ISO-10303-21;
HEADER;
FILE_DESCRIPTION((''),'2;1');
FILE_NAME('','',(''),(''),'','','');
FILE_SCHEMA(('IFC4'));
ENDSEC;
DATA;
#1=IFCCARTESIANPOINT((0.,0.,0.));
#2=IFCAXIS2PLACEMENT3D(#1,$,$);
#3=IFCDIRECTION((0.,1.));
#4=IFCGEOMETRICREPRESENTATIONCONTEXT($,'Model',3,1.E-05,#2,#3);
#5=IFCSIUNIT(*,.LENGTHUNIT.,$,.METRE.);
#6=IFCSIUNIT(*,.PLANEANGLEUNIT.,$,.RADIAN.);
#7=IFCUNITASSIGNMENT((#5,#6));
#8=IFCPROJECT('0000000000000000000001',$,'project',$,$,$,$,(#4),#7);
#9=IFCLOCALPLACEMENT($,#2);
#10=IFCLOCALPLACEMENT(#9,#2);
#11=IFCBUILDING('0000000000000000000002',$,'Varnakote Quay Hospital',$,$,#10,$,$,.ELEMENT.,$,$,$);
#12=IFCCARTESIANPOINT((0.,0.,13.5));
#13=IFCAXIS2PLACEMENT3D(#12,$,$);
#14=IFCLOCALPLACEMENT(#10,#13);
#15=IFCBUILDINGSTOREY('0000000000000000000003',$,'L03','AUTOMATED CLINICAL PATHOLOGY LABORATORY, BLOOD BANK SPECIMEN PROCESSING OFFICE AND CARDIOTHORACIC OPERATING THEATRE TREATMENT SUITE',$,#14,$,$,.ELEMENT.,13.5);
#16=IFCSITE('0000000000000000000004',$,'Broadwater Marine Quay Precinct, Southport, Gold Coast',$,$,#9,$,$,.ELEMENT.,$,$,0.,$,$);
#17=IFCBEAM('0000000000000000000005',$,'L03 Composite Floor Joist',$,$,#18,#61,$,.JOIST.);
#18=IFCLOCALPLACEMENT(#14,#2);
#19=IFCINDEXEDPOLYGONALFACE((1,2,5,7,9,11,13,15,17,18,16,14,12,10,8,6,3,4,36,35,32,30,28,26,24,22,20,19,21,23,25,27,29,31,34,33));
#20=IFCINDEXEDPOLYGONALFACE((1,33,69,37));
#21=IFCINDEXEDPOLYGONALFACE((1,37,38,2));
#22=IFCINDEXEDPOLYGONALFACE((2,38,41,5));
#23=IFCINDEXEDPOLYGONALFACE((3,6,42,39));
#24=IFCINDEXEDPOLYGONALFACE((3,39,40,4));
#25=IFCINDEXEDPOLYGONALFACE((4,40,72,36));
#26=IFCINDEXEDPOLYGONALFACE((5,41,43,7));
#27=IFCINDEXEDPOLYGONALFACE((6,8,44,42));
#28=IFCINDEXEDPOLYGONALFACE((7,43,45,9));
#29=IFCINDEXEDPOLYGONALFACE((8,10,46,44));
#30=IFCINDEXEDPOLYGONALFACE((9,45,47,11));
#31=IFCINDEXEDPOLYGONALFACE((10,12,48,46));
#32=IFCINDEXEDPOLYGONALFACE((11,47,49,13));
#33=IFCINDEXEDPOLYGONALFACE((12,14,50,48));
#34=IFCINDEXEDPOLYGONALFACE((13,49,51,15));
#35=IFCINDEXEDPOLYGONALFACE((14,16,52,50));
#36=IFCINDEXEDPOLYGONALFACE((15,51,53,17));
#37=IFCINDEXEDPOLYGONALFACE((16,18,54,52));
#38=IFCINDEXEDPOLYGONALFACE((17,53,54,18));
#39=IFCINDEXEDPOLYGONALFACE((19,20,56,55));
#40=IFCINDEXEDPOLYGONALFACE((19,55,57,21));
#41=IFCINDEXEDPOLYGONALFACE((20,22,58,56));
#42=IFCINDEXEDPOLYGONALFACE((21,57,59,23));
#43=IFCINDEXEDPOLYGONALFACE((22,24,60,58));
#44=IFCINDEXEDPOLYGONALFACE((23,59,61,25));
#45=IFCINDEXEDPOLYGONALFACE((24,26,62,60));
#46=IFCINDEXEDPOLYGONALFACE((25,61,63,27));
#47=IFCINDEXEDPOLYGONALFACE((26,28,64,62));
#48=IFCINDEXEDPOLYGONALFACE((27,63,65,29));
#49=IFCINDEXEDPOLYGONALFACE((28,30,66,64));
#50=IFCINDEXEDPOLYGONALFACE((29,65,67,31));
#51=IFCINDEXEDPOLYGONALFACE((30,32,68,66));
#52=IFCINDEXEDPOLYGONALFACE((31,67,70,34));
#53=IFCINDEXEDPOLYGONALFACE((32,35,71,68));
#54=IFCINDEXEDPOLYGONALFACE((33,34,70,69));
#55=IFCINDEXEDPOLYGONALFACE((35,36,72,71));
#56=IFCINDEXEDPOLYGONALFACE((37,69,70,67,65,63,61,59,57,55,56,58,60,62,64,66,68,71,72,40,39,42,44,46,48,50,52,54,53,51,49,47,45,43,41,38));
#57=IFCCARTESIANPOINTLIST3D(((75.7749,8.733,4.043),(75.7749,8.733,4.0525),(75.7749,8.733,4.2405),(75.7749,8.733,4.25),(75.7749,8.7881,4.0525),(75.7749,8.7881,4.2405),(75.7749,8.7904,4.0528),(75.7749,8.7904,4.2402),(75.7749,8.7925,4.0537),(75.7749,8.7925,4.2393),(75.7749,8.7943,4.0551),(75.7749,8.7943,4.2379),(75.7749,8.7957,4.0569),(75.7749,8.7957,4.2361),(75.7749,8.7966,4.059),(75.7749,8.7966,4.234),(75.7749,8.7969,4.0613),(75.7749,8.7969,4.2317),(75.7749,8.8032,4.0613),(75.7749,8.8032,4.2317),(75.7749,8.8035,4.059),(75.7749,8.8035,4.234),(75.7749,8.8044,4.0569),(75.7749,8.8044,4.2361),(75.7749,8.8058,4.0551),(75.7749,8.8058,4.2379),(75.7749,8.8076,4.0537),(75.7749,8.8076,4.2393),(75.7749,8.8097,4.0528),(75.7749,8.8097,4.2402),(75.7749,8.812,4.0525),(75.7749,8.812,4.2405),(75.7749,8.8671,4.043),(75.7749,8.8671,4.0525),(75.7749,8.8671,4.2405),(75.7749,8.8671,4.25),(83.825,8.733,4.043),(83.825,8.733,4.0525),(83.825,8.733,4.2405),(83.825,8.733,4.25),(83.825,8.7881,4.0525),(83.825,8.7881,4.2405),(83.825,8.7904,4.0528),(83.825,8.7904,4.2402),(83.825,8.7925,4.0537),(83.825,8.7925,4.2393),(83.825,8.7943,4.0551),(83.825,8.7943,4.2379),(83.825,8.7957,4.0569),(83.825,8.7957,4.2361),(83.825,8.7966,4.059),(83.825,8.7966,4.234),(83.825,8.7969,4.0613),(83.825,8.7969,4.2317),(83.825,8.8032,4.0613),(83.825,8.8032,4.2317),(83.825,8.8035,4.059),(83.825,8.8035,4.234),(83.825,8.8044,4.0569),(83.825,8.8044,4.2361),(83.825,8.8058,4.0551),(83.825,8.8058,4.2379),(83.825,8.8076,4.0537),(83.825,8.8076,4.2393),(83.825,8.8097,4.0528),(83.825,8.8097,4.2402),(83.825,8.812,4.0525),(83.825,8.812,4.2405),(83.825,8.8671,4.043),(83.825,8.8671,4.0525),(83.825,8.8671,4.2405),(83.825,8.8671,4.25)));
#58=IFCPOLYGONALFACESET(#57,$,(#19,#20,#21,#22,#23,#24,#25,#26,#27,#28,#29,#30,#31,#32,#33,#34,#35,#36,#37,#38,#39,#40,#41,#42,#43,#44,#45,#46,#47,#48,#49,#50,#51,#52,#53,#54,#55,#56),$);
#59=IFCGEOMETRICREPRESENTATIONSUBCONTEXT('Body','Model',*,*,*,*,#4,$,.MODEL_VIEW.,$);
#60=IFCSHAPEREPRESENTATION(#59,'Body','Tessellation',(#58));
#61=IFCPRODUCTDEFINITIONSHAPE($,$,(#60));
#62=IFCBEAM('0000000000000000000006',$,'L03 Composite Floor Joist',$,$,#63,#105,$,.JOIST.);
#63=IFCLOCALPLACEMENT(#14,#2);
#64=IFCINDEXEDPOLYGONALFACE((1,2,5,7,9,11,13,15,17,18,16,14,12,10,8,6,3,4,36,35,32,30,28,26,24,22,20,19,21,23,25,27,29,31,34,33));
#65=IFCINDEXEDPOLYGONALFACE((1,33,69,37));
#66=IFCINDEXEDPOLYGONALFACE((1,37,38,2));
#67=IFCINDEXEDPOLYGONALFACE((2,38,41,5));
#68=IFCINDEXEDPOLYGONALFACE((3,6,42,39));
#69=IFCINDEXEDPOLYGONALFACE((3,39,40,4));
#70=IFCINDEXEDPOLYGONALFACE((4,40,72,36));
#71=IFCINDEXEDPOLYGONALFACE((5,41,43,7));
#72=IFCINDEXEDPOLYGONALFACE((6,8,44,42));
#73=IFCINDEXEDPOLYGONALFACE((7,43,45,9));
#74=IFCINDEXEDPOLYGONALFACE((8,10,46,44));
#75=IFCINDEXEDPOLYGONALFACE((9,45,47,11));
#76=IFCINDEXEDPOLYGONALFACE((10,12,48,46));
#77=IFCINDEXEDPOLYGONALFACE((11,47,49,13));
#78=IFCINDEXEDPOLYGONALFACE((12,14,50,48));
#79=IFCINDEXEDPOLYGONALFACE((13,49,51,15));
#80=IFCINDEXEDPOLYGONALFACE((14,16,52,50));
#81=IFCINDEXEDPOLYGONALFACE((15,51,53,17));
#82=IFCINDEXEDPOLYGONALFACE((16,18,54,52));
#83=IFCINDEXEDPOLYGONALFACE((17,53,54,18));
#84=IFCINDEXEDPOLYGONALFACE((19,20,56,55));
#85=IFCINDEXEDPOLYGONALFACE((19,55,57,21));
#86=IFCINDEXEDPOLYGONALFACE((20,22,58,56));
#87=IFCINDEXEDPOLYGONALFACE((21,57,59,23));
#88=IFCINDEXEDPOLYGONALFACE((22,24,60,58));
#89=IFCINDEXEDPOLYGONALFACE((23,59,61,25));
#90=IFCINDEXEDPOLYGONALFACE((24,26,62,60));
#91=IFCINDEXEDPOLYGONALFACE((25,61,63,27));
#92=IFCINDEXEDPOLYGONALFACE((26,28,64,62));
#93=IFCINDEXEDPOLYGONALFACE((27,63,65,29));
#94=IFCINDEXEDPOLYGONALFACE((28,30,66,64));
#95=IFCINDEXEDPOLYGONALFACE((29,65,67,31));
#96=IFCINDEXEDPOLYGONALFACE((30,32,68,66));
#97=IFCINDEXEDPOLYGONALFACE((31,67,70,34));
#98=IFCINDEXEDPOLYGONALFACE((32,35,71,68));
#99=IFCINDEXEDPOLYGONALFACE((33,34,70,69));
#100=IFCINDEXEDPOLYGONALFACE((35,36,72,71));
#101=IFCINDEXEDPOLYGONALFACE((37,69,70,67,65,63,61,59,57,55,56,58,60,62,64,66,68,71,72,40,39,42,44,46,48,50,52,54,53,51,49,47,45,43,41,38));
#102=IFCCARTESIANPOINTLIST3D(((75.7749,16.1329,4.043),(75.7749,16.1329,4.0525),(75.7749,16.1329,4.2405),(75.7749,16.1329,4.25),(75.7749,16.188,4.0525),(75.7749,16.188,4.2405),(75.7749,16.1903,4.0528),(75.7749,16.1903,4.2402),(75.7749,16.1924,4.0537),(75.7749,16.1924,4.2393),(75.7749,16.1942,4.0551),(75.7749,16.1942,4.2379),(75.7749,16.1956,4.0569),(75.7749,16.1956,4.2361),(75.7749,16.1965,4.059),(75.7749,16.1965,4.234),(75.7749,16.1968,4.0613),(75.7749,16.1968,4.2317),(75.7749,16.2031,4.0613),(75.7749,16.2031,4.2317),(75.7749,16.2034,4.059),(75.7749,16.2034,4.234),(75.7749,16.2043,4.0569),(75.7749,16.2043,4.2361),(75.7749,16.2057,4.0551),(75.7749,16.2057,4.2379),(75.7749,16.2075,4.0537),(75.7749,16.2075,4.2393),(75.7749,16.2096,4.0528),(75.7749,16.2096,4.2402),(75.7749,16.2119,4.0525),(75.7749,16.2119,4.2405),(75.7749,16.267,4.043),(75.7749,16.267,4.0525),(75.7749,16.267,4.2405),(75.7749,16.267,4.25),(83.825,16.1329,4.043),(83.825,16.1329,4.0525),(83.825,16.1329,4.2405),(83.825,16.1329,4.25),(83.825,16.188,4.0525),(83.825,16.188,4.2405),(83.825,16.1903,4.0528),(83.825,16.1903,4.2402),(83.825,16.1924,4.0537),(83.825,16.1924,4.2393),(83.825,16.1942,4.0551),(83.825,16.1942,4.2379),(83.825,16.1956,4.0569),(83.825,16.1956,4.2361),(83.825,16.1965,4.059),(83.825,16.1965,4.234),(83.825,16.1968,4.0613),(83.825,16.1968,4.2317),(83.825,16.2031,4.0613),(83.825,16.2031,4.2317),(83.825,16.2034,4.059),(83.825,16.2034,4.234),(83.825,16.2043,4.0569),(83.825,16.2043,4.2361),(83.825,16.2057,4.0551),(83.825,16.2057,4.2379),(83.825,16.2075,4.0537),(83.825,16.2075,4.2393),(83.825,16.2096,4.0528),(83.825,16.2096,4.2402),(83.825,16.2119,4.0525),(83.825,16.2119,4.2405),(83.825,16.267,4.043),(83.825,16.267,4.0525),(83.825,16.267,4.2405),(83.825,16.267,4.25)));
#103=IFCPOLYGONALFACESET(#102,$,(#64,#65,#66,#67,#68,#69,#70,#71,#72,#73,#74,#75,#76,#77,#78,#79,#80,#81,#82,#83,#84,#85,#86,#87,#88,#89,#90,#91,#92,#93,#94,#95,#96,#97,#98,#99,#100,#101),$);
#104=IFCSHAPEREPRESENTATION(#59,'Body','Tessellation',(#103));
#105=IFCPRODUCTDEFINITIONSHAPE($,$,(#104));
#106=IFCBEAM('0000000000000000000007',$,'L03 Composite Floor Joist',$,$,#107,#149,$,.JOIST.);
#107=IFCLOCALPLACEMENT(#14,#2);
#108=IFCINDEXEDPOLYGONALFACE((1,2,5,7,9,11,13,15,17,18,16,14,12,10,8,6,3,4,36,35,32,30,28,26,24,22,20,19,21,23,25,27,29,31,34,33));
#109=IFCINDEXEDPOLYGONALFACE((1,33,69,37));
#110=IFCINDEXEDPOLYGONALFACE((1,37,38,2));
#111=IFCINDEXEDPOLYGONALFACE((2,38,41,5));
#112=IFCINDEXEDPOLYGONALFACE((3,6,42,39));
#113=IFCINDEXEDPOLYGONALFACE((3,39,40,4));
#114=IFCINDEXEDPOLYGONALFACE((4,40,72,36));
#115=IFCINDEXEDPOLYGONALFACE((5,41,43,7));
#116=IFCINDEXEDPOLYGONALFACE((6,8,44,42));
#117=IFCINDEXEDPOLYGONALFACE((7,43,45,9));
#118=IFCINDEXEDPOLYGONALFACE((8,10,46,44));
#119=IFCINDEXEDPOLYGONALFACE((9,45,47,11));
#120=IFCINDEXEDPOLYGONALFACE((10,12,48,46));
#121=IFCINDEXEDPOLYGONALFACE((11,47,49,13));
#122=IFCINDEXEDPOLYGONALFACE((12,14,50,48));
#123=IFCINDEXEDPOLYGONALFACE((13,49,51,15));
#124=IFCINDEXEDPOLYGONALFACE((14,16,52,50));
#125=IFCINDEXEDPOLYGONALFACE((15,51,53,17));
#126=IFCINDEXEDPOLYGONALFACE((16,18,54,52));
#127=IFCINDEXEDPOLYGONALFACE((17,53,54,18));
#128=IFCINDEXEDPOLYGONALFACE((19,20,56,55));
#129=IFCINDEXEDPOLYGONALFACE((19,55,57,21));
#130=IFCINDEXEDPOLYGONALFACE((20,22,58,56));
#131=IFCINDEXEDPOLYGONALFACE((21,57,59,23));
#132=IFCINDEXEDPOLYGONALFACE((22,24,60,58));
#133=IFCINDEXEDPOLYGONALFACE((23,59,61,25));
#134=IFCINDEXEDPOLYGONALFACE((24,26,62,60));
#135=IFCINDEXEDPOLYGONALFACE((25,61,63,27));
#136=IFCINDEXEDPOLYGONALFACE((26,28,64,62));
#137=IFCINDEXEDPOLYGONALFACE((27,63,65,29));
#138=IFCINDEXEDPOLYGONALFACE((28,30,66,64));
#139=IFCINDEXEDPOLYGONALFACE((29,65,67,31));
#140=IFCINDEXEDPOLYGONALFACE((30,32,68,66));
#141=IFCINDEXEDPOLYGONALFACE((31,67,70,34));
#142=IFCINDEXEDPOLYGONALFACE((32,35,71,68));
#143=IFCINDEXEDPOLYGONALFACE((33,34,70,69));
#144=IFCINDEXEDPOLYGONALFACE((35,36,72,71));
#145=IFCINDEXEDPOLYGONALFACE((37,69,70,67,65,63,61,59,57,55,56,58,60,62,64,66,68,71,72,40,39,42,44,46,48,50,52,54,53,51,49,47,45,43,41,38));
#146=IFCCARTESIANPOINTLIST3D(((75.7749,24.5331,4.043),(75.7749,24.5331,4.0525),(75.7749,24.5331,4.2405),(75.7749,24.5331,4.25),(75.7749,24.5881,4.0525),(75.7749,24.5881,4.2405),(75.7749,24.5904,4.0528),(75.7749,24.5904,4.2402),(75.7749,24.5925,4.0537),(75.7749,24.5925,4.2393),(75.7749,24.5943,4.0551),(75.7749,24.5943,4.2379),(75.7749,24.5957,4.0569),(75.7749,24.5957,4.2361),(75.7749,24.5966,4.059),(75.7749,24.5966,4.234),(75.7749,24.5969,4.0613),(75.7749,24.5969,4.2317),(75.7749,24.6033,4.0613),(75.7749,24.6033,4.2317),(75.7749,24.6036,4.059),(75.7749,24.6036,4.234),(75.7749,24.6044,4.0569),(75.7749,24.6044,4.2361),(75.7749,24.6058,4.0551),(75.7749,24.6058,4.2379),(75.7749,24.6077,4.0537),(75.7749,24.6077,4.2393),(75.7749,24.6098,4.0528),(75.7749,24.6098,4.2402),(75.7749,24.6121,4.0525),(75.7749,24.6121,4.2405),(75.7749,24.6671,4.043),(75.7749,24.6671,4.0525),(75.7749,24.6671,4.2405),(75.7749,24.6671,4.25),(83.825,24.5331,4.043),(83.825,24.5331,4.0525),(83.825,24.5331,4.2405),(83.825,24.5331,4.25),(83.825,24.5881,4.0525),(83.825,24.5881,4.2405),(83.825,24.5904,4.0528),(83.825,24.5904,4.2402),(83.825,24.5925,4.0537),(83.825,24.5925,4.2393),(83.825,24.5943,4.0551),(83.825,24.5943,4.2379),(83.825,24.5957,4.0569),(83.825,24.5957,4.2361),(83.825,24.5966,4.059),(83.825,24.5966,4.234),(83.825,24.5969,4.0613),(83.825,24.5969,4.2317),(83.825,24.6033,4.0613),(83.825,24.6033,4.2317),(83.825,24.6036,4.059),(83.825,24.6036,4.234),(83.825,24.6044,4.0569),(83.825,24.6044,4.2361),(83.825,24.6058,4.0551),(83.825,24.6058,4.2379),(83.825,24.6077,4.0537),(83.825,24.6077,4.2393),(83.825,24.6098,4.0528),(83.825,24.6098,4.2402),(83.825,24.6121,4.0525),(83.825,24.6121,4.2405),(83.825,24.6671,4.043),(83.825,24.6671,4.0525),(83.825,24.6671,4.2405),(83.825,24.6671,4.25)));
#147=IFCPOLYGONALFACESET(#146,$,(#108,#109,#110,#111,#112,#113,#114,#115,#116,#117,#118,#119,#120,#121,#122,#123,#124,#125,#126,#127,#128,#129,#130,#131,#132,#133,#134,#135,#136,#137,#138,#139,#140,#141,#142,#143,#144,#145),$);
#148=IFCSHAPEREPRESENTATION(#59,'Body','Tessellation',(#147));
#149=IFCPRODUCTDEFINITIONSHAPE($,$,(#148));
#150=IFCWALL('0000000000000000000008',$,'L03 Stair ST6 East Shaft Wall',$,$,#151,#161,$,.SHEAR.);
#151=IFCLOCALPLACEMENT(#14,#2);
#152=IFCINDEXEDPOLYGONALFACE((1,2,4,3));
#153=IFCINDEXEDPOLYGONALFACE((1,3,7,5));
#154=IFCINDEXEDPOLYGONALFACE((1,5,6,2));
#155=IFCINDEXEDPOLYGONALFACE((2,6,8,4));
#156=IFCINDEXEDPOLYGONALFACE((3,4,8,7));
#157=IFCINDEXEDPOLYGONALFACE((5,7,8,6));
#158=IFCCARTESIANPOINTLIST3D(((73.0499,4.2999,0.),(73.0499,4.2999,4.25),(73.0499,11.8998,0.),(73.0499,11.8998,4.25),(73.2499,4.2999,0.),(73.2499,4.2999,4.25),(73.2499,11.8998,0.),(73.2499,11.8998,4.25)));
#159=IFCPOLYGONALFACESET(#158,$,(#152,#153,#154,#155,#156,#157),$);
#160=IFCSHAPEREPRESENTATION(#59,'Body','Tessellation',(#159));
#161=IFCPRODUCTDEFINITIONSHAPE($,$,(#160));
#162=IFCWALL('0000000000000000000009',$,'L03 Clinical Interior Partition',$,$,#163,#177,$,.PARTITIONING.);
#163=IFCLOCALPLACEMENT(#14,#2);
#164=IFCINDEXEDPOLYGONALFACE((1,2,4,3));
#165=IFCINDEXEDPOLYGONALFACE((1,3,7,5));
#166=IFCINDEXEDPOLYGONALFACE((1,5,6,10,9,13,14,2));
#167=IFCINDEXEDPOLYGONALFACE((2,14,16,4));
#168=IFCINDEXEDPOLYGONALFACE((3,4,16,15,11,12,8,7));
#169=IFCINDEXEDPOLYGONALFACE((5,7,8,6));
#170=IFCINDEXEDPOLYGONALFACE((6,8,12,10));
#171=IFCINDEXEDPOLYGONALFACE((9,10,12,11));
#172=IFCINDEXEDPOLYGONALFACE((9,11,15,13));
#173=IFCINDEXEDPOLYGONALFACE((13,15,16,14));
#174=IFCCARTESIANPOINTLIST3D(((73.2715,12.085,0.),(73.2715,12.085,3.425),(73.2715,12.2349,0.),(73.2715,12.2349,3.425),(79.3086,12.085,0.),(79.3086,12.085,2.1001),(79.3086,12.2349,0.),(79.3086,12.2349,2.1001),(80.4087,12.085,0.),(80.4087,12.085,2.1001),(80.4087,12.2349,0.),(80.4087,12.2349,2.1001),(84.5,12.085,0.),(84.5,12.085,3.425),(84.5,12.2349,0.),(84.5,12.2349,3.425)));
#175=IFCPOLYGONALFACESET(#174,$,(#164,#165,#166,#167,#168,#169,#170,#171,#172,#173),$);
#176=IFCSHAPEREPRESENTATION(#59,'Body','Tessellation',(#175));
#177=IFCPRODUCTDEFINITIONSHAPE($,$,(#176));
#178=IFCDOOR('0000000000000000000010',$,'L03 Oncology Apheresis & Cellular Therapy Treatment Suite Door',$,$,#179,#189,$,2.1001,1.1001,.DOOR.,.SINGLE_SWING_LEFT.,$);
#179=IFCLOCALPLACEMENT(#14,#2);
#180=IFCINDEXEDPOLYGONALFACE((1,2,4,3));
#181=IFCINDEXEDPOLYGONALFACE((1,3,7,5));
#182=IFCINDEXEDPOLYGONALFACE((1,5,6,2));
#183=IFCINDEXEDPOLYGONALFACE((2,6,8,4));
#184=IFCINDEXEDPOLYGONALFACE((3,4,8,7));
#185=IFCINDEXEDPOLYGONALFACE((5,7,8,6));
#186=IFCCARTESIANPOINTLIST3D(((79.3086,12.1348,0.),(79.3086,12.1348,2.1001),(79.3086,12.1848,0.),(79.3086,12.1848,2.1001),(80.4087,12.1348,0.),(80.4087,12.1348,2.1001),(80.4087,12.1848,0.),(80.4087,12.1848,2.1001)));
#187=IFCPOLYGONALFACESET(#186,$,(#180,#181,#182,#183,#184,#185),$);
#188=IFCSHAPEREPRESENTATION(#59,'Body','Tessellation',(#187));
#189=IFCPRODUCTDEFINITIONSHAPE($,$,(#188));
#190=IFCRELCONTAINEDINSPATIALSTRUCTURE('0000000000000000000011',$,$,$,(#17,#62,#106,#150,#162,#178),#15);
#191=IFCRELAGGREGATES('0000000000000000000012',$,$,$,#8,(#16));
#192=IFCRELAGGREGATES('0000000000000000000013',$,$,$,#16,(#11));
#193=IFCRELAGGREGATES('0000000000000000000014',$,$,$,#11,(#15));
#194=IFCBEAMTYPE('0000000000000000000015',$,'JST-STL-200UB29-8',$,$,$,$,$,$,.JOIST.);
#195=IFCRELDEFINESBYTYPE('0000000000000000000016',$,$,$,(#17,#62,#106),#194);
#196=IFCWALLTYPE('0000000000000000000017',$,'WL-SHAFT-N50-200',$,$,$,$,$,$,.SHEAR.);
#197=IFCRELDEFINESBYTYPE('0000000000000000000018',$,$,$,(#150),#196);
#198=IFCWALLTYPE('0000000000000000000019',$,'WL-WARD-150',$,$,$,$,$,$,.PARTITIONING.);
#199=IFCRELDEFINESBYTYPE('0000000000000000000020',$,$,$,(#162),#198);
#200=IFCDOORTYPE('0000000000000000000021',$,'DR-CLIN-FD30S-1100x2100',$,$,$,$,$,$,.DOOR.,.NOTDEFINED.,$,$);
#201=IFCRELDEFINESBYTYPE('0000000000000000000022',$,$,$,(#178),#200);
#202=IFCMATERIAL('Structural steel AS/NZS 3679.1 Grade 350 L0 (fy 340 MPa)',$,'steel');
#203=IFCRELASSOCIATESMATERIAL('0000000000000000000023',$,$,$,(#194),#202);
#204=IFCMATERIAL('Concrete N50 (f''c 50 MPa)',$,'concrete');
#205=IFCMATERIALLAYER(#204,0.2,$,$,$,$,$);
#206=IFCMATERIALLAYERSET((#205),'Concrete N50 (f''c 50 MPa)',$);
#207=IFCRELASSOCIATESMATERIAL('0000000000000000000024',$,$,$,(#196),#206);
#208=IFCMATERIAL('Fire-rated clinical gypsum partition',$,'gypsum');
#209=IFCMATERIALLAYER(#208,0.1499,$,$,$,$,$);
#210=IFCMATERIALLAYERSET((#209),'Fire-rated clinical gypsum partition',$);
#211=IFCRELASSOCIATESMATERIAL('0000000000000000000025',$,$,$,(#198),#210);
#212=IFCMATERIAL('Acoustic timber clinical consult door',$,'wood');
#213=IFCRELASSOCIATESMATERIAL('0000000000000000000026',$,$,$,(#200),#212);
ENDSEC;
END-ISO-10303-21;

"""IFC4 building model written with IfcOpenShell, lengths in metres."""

from ifc_helpers import new_model, si_unit, direction, frame, frame_2d, origin, origin_2d, place, context, subcontext, project, spatial, rectangle, i_section, extrude, material, layer, layer_set, material_profile, profile_set, type_object, element, fill, save


model = new_model("IFC4")

# Units and contexts
model_context = context("Model", 3, precision=1e-05, world=origin(), true_north=direction((0.0, 1.0)))
body_context = subcontext(model_context, "Body", "Model", "MODEL_VIEW")
ifc_project = project(units=[si_unit("LENGTHUNIT", "METRE"), si_unit("PLANEANGLEUNIT", "RADIAN")], contexts=[model_context])

# Site, building, storey
site_placement = place(None, origin())
site = spatial("IfcSite", under=ifc_project, at=site_placement, Name="Broadwater Marine Quay Precinct, Southport, Gold Coast", CompositionType="ELEMENT", RefElevation=0.0)
building_placement = place(site_placement, origin())
building = spatial("IfcBuilding", under=site, at=building_placement, Name="Varnakote Quay Hospital", CompositionType="ELEMENT")
storey_placement = place(building_placement, frame((0.0, 0.0, 13.5)))
storey = spatial("IfcBuildingStorey", under=building, at=storey_placement, Name="L03", Description="AUTOMATED CLINICAL PATHOLOGY LABORATORY, BLOOD BANK SPECIMEN PROCESSING OFFICE AND CARDIOTHORACIC OPERATING THEATRE TREATMENT SUITE", CompositionType="ELEMENT", Elevation=13.5)

# Beams
ifc_material_1 = material(Name="Structural steel AS/NZS 3679.1 Grade 350 L0 (fy 340 MPa)", Category="steel")
ifc_material_profile_1 = material_profile(ifc_material_1, i_section(OverallWidth=0.134, OverallDepth=0.207, WebThickness=0.0063, FlangeThickness=0.0095, FilletRadius=0.0088, at=origin_2d()), Name="200UB29.8")
ifc_profile_set_1 = profile_set([ifc_material_profile_1], Name="Structural steel AS/NZS 3679.1 Grade 350 L0 (fy 340 MPa)")
beam_type_1 = type_object("IfcBeamType", Name="JST-STL-200UB29-8", PredefinedType="JOIST", material=ifc_profile_set_1)
for number, where, z_axis, x_axis, name in (
    (1, (75.7749, 8.8, 4.1465), (1.0, 0.0, 0.0), (0.0, 1.0, 0.0), "L03 Composite Floor Joist"),
    (2, (75.7749, 16.2, 4.1465), (1.0, 0.0, 0.0), (0.0, 1.0, 0.0), "L03 Composite Floor Joist"),
    (3, (75.7749, 24.6001, 4.1465), (1.0, 0.0, 0.0), (0.0, 1.0, 0.0), "L03 Composite Floor Joist"),
):
    element("IfcBeam", number, at=place(storey_placement, frame(where, z_axis=z_axis, x_axis=x_axis)), inside=storey, type_object=beam_type_1, Name=name, PredefinedType="JOIST", context=body_context, shape_type="SweptSolid", body=[
        extrude(i_section(OverallWidth=0.134, OverallDepth=0.207, WebThickness=0.0063, FlangeThickness=0.0095, FilletRadius=0.0088, at=origin_2d()), origin(), (0.0, 0.0, 1.0), 8.05),
    ])

# Wall
ifc_material_2 = material(Name="Concrete N50 (f'c 50 MPa)", Category="concrete")
ifc_layer_1 = layer(ifc_material_2, 0.2)
ifc_layer_set_1 = layer_set([ifc_layer_1], Name="Concrete N50 (f'c 50 MPa)")
wall_type_1 = type_object("IfcWallType", Name="WL-SHAFT-N50-200", PredefinedType="SHEAR", material=ifc_layer_set_1)
wall_1_placement = place(storey_placement, frame((73.1499, 4.3, 0.0), z_axis=(0.0, 0.0, 1.0), x_axis=(0.0, 1.0, 0.0)))
element("IfcWall", 4, at=wall_1_placement, inside=storey, type_object=wall_type_1, Name="L03 Stair ST6 East Shaft Wall", PredefinedType="SHEAR", context=body_context, shape_type="SweptSolid", body=[
    extrude(rectangle(XDim=7.5999, YDim=0.2, at=frame_2d((3.7998, 0.0))), origin(), (0.0, 0.0, 1.0), 4.25),
])

# Wall, opening, door
ifc_material_3 = material(Name="Fire-rated clinical gypsum partition", Category="gypsum")
ifc_layer_2 = layer(ifc_material_3, 0.1499)
ifc_layer_set_2 = layer_set([ifc_layer_2], Name="Fire-rated clinical gypsum partition")
wall_type_2 = type_object("IfcWallType", Name="WL-WARD-150", PredefinedType="PARTITIONING", material=ifc_layer_set_2)
wall_2_placement = place(storey_placement, frame((73.2715, 12.1599, 0.0), z_axis=(0.0, 0.0, 1.0), x_axis=(1.0, 0.0, 0.0)))
wall_2 = element("IfcWall", 5, at=wall_2_placement, inside=storey, type_object=wall_type_2, Name="L03 Clinical Interior Partition", PredefinedType="PARTITIONING", context=body_context, shape_type="SweptSolid", body=[
    extrude(rectangle(XDim=11.2285, YDim=0.1499, at=frame_2d((5.6143, 0.0))), origin(), (0.0, 0.0, 1.0), 3.425),
])
opening_1_placement = place(wall_2_placement, frame((6.0371, 0.0, 0.0)))
opening_1 = element("IfcOpeningElement", 6, at=opening_1_placement, cuts=wall_2, PredefinedType="OPENING", context=body_context, shape_type="SweptSolid", body=[
    extrude(rectangle(XDim=1.1001, YDim=2.1001, at=frame_2d((0.55, 1.05))), frame((0.0, 0.085, 0.0), z_axis=(0.0, -1.0, 0.0), x_axis=(1.0, 0.0, 0.0)), (0.0, 0.0, 1.0), 0.1699),
])
ifc_material_4 = material(Name="Acoustic timber clinical consult door", Category="wood")
door_type = type_object("IfcDoorType", Name="DR-CLIN-FD30S-1100x2100", OperationType="NOTDEFINED", PredefinedType="DOOR", material=ifc_material_4)
door_1_placement = place(opening_1_placement, origin())
door_1 = element("IfcDoor", 7, at=door_1_placement, inside=storey, type_object=door_type, Name="L03 Oncology Apheresis & Cellular Therapy Treatment Suite Door", OperationType="SINGLE_SWING_LEFT", OverallHeight=2.1001, OverallWidth=1.1001, PredefinedType="DOOR", context=body_context, shape_type="SweptSolid", body=[
    extrude(rectangle(XDim=1.1001, YDim=2.1001, at=frame_2d((0.55, 1.05))), frame((0.0, 0.0249, 0.0), z_axis=(0.0, -1.0, 0.0), x_axis=(1.0, 0.0, 0.0)), (0.0, 0.0, 1.0), 0.05),
])
fill(opening_1, door_1)

save(model, "model.ifc")
